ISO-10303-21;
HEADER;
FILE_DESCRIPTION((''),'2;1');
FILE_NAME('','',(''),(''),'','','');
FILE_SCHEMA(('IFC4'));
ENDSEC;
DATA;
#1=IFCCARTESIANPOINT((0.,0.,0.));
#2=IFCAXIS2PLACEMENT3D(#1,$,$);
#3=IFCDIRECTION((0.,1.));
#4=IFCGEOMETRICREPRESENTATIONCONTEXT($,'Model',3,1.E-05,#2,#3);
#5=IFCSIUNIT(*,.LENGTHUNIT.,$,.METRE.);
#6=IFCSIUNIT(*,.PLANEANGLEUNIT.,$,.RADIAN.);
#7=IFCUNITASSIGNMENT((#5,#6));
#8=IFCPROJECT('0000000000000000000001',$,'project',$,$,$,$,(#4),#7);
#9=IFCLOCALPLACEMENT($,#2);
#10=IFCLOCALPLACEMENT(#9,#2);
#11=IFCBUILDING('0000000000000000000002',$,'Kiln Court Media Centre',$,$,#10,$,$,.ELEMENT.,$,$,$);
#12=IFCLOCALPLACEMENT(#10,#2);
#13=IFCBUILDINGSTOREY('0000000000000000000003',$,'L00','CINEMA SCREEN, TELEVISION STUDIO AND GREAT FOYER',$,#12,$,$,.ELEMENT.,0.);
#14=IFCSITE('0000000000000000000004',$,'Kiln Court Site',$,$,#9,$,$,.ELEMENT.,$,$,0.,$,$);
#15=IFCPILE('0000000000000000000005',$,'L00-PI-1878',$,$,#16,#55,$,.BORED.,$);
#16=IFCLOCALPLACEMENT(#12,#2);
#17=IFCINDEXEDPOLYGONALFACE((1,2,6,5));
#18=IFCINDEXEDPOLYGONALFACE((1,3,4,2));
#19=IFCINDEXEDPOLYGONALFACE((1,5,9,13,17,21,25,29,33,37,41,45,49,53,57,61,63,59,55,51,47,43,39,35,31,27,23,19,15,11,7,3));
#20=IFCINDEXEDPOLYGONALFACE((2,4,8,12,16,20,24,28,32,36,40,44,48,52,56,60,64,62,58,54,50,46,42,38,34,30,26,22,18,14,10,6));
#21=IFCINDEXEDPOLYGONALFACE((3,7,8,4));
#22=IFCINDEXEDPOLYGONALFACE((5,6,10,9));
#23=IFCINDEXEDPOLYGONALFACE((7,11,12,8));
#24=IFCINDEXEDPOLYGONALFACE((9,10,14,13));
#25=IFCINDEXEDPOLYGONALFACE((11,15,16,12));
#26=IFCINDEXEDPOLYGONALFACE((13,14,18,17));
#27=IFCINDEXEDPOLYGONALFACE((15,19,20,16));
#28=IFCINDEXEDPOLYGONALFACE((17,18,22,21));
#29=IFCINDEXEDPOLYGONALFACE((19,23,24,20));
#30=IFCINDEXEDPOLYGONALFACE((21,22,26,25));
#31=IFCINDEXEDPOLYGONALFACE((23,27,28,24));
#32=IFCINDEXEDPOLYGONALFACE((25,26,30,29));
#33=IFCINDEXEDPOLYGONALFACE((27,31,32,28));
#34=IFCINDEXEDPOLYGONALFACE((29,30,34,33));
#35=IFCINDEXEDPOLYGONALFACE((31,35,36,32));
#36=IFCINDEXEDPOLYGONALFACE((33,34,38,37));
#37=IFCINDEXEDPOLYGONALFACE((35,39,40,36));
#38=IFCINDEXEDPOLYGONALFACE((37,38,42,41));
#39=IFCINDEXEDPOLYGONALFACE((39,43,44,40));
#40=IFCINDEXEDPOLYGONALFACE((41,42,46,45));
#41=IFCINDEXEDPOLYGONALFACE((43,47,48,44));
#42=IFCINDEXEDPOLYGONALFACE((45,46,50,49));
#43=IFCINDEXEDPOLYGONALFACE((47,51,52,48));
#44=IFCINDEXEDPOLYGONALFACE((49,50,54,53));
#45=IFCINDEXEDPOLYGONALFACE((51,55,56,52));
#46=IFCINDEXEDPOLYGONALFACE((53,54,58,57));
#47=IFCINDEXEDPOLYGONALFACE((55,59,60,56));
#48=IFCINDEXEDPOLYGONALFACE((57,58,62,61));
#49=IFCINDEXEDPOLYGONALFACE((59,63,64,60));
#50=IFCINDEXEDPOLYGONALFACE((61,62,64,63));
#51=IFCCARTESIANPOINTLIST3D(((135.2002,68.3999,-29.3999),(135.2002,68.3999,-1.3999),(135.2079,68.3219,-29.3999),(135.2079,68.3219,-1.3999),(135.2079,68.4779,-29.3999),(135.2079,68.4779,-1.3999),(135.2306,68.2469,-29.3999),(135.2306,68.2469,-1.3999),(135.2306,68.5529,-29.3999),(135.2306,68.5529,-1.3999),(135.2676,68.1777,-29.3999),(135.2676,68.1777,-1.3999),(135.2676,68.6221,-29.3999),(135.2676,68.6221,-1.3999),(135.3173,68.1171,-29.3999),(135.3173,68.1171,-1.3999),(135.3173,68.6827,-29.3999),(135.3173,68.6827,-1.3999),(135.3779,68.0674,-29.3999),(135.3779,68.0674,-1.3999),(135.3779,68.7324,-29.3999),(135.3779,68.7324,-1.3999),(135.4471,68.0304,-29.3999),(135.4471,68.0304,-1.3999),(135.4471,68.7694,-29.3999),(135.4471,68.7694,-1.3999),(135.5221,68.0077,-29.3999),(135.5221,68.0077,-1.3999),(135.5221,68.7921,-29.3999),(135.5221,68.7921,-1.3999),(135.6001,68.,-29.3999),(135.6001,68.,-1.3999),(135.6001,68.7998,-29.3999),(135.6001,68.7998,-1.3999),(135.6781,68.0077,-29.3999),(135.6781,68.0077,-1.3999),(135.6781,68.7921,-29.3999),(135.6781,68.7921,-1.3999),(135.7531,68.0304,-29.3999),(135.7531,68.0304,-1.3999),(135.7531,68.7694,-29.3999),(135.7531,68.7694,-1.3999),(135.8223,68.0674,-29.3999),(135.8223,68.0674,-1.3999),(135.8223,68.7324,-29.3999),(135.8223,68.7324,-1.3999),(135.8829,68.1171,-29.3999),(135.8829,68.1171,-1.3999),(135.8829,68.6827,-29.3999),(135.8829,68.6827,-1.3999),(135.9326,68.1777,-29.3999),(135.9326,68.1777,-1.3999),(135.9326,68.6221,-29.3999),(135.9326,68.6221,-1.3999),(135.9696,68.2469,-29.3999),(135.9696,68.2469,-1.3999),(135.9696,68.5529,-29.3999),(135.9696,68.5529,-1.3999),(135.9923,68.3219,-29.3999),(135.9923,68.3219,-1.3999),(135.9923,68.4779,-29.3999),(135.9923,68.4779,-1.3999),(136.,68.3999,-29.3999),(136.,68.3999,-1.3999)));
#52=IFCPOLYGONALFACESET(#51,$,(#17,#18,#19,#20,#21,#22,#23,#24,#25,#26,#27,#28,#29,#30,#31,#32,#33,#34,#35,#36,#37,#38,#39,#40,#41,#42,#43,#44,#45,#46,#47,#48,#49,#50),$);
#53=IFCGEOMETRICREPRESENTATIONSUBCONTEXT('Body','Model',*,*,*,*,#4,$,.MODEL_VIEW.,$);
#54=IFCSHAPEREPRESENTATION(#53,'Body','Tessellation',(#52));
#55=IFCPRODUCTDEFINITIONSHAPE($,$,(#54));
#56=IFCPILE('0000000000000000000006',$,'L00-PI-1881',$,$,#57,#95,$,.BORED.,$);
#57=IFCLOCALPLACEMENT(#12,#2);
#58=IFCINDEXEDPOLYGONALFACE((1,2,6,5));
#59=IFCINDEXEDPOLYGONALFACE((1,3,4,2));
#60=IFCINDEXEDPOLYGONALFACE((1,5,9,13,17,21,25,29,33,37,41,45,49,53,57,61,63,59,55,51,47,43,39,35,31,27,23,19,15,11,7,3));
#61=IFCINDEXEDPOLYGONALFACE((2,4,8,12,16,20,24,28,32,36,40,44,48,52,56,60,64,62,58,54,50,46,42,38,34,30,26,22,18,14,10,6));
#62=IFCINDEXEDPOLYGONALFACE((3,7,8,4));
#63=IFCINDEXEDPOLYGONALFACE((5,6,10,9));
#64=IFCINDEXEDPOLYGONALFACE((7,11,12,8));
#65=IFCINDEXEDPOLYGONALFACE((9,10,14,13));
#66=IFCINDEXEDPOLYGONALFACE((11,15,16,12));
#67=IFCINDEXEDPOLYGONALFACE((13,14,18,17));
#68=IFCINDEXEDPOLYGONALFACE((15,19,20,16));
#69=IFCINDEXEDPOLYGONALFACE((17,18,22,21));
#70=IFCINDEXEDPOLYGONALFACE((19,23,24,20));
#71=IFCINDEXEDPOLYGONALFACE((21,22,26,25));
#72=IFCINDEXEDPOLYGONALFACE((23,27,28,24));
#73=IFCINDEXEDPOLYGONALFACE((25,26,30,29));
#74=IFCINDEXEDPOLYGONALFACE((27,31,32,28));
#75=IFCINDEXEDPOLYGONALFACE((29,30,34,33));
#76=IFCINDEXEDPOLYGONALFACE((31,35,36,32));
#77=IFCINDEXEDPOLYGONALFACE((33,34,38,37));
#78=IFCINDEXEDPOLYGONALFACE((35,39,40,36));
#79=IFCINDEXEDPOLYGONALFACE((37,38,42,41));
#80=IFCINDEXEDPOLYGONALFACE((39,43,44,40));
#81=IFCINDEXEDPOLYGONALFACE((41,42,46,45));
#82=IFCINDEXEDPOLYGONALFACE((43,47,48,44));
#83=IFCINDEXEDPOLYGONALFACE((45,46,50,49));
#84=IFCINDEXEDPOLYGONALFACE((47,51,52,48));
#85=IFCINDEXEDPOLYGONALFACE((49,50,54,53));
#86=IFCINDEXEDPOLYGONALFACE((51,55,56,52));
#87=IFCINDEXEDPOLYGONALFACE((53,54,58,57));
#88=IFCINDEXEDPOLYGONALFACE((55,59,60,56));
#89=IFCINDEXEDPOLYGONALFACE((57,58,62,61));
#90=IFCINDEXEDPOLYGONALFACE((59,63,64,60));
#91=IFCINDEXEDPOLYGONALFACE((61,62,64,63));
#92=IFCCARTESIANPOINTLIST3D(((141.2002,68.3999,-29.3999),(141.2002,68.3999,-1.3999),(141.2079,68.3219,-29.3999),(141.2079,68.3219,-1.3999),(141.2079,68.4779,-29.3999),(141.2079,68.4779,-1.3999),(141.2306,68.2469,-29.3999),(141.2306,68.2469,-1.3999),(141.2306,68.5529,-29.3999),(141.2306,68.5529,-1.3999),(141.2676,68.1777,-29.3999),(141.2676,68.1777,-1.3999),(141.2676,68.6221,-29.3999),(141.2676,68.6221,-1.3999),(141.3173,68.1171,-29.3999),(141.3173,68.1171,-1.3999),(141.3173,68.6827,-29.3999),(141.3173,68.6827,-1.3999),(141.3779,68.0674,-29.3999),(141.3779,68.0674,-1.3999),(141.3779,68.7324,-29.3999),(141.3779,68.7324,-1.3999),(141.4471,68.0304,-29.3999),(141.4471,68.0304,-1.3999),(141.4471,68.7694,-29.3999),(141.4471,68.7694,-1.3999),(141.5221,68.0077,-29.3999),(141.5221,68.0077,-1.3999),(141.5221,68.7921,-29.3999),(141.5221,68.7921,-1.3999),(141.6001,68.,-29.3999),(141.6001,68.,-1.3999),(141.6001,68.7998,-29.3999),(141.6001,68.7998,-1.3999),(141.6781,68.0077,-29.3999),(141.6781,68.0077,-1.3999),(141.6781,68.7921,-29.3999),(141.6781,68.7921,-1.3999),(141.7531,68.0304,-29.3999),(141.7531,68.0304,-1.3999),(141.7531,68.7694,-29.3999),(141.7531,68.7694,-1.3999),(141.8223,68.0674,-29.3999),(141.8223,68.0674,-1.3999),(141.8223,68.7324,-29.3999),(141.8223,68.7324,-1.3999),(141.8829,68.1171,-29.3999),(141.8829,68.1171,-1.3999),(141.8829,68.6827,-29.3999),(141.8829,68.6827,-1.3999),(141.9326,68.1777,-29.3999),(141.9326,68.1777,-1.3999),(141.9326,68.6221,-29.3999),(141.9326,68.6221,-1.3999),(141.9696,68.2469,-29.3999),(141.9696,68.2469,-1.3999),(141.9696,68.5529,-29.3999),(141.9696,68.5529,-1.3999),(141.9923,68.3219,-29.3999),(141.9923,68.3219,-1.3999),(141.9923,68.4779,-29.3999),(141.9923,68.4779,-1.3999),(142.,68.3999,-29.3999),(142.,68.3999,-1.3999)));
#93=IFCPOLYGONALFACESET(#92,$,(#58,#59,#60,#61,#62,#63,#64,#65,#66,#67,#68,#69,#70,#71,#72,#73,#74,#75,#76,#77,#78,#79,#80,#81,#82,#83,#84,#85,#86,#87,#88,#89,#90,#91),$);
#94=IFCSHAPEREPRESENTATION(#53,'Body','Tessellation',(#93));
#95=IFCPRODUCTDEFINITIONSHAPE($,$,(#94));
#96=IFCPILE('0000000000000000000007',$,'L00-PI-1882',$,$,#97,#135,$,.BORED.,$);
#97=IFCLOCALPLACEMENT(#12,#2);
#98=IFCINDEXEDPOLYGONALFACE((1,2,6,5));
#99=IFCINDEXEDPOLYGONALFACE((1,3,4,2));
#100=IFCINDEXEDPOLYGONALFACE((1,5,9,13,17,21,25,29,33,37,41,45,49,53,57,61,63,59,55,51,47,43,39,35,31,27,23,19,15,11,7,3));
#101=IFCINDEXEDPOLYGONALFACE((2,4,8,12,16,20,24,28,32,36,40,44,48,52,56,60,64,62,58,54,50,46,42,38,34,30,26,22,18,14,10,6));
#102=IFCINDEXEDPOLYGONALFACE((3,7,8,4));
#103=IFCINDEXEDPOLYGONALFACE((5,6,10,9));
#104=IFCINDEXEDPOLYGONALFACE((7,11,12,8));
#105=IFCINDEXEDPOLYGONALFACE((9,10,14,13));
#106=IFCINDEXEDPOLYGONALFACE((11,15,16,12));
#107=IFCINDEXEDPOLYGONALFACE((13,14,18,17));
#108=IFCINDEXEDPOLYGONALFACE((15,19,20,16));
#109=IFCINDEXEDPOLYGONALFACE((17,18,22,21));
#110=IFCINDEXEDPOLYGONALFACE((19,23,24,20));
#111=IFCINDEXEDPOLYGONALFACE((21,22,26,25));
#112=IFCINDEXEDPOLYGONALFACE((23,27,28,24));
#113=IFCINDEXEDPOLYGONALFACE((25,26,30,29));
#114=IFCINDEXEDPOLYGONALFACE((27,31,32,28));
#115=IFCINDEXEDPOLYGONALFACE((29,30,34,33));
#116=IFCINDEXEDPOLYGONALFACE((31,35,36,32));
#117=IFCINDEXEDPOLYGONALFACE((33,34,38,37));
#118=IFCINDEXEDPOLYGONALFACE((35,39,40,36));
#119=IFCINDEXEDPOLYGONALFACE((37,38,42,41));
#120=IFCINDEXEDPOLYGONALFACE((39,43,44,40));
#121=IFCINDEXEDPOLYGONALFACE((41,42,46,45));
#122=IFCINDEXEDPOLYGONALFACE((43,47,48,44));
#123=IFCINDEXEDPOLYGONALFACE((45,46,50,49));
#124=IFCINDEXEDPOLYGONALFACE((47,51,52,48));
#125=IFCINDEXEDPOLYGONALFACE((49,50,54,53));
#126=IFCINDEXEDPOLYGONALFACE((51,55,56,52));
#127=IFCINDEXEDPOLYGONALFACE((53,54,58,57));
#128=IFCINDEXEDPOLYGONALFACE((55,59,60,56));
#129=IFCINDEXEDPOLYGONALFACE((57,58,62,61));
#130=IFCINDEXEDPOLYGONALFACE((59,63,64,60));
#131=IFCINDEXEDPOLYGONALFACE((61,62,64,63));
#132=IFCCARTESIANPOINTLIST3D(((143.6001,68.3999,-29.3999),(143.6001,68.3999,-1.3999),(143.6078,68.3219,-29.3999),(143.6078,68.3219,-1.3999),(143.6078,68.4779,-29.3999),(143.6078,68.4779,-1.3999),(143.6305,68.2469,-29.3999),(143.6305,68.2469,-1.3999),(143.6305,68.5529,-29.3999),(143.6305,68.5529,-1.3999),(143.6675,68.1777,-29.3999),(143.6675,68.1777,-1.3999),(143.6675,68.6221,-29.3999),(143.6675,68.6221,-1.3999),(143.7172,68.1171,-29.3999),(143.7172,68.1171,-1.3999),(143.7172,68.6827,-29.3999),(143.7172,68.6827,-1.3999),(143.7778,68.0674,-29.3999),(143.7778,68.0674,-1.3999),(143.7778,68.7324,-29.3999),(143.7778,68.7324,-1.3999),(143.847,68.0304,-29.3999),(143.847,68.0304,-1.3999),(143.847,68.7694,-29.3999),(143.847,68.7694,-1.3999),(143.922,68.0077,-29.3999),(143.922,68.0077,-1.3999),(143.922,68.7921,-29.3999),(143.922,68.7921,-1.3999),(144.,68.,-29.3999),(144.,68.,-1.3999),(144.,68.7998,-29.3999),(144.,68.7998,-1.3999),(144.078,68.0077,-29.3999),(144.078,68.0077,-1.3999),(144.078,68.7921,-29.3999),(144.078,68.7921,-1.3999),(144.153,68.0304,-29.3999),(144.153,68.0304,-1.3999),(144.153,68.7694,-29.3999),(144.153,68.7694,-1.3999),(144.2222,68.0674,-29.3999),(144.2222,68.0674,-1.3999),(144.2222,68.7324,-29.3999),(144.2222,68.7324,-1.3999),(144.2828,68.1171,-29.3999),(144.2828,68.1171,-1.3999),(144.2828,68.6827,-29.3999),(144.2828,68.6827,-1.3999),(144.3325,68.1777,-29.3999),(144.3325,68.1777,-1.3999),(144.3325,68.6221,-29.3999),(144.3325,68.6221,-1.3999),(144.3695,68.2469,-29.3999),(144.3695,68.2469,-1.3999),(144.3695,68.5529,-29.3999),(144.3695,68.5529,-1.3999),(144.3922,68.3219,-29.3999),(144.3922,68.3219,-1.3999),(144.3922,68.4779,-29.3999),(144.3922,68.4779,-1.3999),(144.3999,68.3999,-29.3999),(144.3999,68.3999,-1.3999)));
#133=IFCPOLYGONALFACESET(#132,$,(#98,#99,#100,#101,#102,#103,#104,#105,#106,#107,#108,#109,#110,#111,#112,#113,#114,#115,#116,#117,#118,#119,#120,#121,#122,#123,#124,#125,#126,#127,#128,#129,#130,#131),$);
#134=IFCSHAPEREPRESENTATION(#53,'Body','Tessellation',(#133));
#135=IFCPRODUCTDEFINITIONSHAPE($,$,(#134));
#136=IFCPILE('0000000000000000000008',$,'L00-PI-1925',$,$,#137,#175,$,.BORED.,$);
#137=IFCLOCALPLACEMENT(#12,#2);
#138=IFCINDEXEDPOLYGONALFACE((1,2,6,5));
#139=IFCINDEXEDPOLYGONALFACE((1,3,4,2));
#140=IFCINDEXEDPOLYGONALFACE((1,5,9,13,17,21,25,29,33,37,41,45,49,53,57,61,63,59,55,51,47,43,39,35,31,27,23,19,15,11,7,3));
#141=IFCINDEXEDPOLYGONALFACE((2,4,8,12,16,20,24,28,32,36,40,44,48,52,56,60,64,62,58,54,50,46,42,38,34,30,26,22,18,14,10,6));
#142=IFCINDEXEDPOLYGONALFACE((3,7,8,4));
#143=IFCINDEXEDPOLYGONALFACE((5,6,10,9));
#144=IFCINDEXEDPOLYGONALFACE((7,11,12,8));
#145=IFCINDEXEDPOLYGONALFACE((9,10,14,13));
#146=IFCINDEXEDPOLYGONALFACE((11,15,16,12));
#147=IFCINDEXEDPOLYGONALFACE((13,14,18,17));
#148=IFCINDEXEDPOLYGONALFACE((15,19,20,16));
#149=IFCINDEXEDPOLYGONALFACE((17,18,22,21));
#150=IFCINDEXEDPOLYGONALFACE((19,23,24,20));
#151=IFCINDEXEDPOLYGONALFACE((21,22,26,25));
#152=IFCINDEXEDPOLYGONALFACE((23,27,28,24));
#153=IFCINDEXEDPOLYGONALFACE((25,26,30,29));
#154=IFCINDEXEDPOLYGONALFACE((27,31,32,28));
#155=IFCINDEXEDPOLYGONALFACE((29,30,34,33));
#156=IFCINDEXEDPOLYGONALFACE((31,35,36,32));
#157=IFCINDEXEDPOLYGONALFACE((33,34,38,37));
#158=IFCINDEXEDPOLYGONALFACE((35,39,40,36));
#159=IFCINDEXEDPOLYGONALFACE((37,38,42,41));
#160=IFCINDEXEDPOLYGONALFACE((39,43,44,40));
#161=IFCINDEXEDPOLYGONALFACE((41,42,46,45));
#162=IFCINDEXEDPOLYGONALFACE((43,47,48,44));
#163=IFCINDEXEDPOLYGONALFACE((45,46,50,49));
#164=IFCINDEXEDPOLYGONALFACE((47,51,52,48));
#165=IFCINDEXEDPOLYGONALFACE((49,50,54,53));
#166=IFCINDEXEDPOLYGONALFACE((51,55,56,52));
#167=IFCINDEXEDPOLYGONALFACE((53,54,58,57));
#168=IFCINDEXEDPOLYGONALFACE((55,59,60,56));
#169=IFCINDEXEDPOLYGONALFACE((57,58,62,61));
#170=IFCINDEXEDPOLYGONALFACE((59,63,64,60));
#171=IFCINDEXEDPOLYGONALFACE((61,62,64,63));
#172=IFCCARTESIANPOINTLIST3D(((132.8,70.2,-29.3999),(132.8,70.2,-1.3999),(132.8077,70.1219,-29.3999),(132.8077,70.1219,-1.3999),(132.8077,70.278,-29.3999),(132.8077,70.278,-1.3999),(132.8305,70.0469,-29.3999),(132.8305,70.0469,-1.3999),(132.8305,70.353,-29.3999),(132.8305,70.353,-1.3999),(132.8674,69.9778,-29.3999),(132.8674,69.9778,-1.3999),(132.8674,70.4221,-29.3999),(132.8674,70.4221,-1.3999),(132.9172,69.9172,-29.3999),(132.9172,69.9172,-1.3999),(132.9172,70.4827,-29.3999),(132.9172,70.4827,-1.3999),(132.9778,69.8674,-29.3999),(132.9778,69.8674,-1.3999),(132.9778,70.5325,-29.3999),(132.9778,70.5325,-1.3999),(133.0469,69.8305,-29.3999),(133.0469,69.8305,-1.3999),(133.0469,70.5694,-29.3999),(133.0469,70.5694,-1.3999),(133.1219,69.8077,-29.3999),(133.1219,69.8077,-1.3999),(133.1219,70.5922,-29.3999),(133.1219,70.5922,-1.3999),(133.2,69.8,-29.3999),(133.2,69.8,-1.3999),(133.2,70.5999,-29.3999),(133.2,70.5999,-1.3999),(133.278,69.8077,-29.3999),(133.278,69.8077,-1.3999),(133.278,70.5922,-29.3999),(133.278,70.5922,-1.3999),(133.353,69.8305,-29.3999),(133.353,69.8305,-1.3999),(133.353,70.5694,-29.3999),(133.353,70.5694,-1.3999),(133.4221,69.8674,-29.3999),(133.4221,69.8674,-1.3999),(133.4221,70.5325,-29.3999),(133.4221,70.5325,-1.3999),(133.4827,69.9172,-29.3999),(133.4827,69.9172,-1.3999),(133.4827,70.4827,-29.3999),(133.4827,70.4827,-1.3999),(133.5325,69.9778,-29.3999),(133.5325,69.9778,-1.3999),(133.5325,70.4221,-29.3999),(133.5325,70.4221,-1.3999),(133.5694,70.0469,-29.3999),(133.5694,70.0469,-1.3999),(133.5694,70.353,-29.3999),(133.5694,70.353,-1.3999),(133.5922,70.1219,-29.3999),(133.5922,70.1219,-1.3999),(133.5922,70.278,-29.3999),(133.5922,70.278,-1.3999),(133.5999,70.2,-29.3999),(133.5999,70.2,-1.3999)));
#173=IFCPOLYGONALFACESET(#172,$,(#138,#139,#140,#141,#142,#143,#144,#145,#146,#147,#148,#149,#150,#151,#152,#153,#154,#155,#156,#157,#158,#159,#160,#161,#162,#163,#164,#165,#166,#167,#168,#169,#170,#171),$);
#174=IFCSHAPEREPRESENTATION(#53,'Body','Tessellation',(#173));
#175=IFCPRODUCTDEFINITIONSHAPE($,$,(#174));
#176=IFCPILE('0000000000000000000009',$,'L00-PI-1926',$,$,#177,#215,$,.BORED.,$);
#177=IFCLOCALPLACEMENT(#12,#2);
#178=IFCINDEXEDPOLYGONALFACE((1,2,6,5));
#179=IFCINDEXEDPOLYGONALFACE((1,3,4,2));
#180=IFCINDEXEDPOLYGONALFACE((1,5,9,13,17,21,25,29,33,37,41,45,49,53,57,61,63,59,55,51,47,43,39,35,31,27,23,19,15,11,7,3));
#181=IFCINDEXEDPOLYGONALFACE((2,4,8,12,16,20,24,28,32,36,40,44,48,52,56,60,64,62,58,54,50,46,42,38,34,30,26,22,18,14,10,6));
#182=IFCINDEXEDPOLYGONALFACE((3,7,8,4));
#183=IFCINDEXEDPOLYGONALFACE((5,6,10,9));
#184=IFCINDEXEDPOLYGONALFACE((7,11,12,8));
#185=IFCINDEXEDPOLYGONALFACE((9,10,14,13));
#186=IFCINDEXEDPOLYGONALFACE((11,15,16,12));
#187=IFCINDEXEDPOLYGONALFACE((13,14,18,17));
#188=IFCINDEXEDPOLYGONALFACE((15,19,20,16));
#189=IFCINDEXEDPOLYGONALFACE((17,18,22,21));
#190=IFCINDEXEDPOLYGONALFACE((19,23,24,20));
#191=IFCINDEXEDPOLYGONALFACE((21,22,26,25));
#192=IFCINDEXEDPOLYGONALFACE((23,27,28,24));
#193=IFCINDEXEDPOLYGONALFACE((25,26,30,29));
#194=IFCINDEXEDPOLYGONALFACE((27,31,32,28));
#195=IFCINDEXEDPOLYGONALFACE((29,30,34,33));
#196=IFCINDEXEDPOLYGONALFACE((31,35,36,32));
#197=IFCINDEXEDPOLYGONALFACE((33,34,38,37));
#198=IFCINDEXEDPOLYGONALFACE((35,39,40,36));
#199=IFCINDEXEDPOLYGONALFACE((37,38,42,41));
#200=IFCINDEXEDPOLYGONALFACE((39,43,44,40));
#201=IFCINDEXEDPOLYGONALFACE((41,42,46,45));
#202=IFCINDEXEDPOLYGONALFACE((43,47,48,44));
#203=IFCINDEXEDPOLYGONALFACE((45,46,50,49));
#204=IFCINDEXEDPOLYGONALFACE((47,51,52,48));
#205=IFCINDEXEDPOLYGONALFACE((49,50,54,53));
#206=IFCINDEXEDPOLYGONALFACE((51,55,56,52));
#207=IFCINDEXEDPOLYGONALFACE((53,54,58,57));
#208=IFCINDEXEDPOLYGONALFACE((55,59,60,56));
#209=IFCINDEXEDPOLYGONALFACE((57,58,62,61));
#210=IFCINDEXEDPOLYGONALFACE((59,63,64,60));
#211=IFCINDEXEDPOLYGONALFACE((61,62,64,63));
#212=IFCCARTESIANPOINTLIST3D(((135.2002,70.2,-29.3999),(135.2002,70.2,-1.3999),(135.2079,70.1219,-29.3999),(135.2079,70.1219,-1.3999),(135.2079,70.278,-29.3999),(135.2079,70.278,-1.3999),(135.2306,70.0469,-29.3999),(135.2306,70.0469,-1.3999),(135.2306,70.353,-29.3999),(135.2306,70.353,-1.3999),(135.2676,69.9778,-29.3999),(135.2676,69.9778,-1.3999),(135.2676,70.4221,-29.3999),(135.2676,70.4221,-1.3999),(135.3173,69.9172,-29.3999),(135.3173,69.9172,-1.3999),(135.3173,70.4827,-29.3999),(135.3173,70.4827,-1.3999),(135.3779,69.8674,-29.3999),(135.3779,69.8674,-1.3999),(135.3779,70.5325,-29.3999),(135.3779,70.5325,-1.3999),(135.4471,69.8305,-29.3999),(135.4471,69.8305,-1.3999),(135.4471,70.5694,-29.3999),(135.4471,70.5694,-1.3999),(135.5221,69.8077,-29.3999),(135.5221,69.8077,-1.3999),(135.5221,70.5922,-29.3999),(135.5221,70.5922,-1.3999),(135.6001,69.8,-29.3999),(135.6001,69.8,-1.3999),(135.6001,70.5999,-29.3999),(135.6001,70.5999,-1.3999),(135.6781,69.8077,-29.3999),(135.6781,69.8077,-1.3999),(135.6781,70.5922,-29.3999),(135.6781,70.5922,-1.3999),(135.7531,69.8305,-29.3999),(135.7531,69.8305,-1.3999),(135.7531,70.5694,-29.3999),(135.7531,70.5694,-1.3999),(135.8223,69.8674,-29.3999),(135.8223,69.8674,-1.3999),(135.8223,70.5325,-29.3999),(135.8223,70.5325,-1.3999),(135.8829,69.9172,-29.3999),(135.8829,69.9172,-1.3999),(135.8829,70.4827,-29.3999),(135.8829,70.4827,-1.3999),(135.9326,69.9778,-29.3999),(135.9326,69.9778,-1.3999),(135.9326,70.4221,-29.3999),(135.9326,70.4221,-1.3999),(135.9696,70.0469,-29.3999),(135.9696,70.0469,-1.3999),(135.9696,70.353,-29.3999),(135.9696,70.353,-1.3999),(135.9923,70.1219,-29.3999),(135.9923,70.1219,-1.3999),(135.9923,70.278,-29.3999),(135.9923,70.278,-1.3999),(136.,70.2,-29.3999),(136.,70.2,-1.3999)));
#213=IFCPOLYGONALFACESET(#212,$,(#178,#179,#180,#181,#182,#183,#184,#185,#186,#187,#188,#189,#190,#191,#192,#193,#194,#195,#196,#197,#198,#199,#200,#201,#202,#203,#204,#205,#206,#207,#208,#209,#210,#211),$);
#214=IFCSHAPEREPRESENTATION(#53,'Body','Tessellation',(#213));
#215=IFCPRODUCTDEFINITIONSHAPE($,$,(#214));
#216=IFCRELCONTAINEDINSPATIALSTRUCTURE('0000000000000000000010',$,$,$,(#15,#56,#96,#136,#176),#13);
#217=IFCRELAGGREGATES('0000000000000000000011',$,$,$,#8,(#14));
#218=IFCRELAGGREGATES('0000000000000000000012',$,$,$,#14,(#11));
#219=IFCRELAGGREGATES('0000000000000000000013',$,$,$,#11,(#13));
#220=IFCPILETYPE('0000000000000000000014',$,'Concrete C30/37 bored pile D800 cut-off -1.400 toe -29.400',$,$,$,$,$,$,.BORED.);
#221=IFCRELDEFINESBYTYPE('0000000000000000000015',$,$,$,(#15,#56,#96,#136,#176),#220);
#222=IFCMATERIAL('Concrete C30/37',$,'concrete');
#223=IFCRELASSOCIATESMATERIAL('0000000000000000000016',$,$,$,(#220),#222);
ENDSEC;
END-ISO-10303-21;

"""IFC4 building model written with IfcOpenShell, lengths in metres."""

from ifc_helpers import new_model, si_unit, direction, frame, origin, origin_2d, place, context, subcontext, project, spatial, circle, extrude, material, material_profile, profile_set, type_object, element, save


model = new_model("IFC4")

# Units and contexts
model_context = context("Model", 3, precision=1e-05, world=origin(), true_north=direction((0.0, 1.0)))
body_context = subcontext(model_context, "Body", "Model", "MODEL_VIEW")
ifc_project = project(units=[si_unit("LENGTHUNIT", "METRE"), si_unit("PLANEANGLEUNIT", "RADIAN")], contexts=[model_context])

# Site, building, storey
site_placement = place(None, origin())
site = spatial("IfcSite", under=ifc_project, at=site_placement, Name="Kiln Court Site", CompositionType="ELEMENT", RefElevation=0.0)
building_placement = place(site_placement, origin())
building = spatial("IfcBuilding", under=site, at=building_placement, Name="Kiln Court Media Centre", CompositionType="ELEMENT")
storey_placement = place(building_placement, origin())
storey = spatial("IfcBuildingStorey", under=building, at=storey_placement, Name="L00", Description="CINEMA SCREEN, TELEVISION STUDIO AND GREAT FOYER", CompositionType="ELEMENT", Elevation=0.0)

# Piles
ifc_material_1 = material(Name="Concrete C30/37", Category="concrete")
ifc_material_profile_1 = material_profile(ifc_material_1, circle(Radius=0.3999, at=origin_2d()), Name="PILE D800")
ifc_profile_set_1 = profile_set([ifc_material_profile_1], Name="Concrete C30/37")
pile_type = type_object("IfcPileType", Name="Concrete C30/37 bored pile D800 cut-off -1.400 toe -29.400", PredefinedType="BORED", material=ifc_profile_set_1)
for number, where, z_axis, x_axis, name in (
    (1, (135.6001, 68.3999, -1.3999), (0.0, 0.0, -1.0), (1.0, 0.0, 0.0), "L00-PI-1878"),
    (2, (141.6001, 68.3999, -1.3999), (0.0, 0.0, -1.0), (1.0, 0.0, 0.0), "L00-PI-1881"),
    (3, (144.0, 68.3999, -1.3999), (0.0, 0.0, -1.0), (1.0, 0.0, 0.0), "L00-PI-1882"),
    (4, (133.2, 70.2, -1.3999), (0.0, 0.0, -1.0), (1.0, 0.0, 0.0), "L00-PI-1925"),
    (5, (135.6001, 70.2, -1.3999), (0.0, 0.0, -1.0), (1.0, 0.0, 0.0), "L00-PI-1926"),
):
    element("IfcPile", number, at=place(storey_placement, frame(where, z_axis=z_axis, x_axis=x_axis)), inside=storey, type_object=pile_type, Name=name, PredefinedType="BORED", context=body_context, shape_type="SweptSolid", body=[
        extrude(circle(Radius=0.3999, at=origin_2d()), origin(), (0.0, 0.0, 1.0), 28.0),
    ])

save(model, "model.ifc")
